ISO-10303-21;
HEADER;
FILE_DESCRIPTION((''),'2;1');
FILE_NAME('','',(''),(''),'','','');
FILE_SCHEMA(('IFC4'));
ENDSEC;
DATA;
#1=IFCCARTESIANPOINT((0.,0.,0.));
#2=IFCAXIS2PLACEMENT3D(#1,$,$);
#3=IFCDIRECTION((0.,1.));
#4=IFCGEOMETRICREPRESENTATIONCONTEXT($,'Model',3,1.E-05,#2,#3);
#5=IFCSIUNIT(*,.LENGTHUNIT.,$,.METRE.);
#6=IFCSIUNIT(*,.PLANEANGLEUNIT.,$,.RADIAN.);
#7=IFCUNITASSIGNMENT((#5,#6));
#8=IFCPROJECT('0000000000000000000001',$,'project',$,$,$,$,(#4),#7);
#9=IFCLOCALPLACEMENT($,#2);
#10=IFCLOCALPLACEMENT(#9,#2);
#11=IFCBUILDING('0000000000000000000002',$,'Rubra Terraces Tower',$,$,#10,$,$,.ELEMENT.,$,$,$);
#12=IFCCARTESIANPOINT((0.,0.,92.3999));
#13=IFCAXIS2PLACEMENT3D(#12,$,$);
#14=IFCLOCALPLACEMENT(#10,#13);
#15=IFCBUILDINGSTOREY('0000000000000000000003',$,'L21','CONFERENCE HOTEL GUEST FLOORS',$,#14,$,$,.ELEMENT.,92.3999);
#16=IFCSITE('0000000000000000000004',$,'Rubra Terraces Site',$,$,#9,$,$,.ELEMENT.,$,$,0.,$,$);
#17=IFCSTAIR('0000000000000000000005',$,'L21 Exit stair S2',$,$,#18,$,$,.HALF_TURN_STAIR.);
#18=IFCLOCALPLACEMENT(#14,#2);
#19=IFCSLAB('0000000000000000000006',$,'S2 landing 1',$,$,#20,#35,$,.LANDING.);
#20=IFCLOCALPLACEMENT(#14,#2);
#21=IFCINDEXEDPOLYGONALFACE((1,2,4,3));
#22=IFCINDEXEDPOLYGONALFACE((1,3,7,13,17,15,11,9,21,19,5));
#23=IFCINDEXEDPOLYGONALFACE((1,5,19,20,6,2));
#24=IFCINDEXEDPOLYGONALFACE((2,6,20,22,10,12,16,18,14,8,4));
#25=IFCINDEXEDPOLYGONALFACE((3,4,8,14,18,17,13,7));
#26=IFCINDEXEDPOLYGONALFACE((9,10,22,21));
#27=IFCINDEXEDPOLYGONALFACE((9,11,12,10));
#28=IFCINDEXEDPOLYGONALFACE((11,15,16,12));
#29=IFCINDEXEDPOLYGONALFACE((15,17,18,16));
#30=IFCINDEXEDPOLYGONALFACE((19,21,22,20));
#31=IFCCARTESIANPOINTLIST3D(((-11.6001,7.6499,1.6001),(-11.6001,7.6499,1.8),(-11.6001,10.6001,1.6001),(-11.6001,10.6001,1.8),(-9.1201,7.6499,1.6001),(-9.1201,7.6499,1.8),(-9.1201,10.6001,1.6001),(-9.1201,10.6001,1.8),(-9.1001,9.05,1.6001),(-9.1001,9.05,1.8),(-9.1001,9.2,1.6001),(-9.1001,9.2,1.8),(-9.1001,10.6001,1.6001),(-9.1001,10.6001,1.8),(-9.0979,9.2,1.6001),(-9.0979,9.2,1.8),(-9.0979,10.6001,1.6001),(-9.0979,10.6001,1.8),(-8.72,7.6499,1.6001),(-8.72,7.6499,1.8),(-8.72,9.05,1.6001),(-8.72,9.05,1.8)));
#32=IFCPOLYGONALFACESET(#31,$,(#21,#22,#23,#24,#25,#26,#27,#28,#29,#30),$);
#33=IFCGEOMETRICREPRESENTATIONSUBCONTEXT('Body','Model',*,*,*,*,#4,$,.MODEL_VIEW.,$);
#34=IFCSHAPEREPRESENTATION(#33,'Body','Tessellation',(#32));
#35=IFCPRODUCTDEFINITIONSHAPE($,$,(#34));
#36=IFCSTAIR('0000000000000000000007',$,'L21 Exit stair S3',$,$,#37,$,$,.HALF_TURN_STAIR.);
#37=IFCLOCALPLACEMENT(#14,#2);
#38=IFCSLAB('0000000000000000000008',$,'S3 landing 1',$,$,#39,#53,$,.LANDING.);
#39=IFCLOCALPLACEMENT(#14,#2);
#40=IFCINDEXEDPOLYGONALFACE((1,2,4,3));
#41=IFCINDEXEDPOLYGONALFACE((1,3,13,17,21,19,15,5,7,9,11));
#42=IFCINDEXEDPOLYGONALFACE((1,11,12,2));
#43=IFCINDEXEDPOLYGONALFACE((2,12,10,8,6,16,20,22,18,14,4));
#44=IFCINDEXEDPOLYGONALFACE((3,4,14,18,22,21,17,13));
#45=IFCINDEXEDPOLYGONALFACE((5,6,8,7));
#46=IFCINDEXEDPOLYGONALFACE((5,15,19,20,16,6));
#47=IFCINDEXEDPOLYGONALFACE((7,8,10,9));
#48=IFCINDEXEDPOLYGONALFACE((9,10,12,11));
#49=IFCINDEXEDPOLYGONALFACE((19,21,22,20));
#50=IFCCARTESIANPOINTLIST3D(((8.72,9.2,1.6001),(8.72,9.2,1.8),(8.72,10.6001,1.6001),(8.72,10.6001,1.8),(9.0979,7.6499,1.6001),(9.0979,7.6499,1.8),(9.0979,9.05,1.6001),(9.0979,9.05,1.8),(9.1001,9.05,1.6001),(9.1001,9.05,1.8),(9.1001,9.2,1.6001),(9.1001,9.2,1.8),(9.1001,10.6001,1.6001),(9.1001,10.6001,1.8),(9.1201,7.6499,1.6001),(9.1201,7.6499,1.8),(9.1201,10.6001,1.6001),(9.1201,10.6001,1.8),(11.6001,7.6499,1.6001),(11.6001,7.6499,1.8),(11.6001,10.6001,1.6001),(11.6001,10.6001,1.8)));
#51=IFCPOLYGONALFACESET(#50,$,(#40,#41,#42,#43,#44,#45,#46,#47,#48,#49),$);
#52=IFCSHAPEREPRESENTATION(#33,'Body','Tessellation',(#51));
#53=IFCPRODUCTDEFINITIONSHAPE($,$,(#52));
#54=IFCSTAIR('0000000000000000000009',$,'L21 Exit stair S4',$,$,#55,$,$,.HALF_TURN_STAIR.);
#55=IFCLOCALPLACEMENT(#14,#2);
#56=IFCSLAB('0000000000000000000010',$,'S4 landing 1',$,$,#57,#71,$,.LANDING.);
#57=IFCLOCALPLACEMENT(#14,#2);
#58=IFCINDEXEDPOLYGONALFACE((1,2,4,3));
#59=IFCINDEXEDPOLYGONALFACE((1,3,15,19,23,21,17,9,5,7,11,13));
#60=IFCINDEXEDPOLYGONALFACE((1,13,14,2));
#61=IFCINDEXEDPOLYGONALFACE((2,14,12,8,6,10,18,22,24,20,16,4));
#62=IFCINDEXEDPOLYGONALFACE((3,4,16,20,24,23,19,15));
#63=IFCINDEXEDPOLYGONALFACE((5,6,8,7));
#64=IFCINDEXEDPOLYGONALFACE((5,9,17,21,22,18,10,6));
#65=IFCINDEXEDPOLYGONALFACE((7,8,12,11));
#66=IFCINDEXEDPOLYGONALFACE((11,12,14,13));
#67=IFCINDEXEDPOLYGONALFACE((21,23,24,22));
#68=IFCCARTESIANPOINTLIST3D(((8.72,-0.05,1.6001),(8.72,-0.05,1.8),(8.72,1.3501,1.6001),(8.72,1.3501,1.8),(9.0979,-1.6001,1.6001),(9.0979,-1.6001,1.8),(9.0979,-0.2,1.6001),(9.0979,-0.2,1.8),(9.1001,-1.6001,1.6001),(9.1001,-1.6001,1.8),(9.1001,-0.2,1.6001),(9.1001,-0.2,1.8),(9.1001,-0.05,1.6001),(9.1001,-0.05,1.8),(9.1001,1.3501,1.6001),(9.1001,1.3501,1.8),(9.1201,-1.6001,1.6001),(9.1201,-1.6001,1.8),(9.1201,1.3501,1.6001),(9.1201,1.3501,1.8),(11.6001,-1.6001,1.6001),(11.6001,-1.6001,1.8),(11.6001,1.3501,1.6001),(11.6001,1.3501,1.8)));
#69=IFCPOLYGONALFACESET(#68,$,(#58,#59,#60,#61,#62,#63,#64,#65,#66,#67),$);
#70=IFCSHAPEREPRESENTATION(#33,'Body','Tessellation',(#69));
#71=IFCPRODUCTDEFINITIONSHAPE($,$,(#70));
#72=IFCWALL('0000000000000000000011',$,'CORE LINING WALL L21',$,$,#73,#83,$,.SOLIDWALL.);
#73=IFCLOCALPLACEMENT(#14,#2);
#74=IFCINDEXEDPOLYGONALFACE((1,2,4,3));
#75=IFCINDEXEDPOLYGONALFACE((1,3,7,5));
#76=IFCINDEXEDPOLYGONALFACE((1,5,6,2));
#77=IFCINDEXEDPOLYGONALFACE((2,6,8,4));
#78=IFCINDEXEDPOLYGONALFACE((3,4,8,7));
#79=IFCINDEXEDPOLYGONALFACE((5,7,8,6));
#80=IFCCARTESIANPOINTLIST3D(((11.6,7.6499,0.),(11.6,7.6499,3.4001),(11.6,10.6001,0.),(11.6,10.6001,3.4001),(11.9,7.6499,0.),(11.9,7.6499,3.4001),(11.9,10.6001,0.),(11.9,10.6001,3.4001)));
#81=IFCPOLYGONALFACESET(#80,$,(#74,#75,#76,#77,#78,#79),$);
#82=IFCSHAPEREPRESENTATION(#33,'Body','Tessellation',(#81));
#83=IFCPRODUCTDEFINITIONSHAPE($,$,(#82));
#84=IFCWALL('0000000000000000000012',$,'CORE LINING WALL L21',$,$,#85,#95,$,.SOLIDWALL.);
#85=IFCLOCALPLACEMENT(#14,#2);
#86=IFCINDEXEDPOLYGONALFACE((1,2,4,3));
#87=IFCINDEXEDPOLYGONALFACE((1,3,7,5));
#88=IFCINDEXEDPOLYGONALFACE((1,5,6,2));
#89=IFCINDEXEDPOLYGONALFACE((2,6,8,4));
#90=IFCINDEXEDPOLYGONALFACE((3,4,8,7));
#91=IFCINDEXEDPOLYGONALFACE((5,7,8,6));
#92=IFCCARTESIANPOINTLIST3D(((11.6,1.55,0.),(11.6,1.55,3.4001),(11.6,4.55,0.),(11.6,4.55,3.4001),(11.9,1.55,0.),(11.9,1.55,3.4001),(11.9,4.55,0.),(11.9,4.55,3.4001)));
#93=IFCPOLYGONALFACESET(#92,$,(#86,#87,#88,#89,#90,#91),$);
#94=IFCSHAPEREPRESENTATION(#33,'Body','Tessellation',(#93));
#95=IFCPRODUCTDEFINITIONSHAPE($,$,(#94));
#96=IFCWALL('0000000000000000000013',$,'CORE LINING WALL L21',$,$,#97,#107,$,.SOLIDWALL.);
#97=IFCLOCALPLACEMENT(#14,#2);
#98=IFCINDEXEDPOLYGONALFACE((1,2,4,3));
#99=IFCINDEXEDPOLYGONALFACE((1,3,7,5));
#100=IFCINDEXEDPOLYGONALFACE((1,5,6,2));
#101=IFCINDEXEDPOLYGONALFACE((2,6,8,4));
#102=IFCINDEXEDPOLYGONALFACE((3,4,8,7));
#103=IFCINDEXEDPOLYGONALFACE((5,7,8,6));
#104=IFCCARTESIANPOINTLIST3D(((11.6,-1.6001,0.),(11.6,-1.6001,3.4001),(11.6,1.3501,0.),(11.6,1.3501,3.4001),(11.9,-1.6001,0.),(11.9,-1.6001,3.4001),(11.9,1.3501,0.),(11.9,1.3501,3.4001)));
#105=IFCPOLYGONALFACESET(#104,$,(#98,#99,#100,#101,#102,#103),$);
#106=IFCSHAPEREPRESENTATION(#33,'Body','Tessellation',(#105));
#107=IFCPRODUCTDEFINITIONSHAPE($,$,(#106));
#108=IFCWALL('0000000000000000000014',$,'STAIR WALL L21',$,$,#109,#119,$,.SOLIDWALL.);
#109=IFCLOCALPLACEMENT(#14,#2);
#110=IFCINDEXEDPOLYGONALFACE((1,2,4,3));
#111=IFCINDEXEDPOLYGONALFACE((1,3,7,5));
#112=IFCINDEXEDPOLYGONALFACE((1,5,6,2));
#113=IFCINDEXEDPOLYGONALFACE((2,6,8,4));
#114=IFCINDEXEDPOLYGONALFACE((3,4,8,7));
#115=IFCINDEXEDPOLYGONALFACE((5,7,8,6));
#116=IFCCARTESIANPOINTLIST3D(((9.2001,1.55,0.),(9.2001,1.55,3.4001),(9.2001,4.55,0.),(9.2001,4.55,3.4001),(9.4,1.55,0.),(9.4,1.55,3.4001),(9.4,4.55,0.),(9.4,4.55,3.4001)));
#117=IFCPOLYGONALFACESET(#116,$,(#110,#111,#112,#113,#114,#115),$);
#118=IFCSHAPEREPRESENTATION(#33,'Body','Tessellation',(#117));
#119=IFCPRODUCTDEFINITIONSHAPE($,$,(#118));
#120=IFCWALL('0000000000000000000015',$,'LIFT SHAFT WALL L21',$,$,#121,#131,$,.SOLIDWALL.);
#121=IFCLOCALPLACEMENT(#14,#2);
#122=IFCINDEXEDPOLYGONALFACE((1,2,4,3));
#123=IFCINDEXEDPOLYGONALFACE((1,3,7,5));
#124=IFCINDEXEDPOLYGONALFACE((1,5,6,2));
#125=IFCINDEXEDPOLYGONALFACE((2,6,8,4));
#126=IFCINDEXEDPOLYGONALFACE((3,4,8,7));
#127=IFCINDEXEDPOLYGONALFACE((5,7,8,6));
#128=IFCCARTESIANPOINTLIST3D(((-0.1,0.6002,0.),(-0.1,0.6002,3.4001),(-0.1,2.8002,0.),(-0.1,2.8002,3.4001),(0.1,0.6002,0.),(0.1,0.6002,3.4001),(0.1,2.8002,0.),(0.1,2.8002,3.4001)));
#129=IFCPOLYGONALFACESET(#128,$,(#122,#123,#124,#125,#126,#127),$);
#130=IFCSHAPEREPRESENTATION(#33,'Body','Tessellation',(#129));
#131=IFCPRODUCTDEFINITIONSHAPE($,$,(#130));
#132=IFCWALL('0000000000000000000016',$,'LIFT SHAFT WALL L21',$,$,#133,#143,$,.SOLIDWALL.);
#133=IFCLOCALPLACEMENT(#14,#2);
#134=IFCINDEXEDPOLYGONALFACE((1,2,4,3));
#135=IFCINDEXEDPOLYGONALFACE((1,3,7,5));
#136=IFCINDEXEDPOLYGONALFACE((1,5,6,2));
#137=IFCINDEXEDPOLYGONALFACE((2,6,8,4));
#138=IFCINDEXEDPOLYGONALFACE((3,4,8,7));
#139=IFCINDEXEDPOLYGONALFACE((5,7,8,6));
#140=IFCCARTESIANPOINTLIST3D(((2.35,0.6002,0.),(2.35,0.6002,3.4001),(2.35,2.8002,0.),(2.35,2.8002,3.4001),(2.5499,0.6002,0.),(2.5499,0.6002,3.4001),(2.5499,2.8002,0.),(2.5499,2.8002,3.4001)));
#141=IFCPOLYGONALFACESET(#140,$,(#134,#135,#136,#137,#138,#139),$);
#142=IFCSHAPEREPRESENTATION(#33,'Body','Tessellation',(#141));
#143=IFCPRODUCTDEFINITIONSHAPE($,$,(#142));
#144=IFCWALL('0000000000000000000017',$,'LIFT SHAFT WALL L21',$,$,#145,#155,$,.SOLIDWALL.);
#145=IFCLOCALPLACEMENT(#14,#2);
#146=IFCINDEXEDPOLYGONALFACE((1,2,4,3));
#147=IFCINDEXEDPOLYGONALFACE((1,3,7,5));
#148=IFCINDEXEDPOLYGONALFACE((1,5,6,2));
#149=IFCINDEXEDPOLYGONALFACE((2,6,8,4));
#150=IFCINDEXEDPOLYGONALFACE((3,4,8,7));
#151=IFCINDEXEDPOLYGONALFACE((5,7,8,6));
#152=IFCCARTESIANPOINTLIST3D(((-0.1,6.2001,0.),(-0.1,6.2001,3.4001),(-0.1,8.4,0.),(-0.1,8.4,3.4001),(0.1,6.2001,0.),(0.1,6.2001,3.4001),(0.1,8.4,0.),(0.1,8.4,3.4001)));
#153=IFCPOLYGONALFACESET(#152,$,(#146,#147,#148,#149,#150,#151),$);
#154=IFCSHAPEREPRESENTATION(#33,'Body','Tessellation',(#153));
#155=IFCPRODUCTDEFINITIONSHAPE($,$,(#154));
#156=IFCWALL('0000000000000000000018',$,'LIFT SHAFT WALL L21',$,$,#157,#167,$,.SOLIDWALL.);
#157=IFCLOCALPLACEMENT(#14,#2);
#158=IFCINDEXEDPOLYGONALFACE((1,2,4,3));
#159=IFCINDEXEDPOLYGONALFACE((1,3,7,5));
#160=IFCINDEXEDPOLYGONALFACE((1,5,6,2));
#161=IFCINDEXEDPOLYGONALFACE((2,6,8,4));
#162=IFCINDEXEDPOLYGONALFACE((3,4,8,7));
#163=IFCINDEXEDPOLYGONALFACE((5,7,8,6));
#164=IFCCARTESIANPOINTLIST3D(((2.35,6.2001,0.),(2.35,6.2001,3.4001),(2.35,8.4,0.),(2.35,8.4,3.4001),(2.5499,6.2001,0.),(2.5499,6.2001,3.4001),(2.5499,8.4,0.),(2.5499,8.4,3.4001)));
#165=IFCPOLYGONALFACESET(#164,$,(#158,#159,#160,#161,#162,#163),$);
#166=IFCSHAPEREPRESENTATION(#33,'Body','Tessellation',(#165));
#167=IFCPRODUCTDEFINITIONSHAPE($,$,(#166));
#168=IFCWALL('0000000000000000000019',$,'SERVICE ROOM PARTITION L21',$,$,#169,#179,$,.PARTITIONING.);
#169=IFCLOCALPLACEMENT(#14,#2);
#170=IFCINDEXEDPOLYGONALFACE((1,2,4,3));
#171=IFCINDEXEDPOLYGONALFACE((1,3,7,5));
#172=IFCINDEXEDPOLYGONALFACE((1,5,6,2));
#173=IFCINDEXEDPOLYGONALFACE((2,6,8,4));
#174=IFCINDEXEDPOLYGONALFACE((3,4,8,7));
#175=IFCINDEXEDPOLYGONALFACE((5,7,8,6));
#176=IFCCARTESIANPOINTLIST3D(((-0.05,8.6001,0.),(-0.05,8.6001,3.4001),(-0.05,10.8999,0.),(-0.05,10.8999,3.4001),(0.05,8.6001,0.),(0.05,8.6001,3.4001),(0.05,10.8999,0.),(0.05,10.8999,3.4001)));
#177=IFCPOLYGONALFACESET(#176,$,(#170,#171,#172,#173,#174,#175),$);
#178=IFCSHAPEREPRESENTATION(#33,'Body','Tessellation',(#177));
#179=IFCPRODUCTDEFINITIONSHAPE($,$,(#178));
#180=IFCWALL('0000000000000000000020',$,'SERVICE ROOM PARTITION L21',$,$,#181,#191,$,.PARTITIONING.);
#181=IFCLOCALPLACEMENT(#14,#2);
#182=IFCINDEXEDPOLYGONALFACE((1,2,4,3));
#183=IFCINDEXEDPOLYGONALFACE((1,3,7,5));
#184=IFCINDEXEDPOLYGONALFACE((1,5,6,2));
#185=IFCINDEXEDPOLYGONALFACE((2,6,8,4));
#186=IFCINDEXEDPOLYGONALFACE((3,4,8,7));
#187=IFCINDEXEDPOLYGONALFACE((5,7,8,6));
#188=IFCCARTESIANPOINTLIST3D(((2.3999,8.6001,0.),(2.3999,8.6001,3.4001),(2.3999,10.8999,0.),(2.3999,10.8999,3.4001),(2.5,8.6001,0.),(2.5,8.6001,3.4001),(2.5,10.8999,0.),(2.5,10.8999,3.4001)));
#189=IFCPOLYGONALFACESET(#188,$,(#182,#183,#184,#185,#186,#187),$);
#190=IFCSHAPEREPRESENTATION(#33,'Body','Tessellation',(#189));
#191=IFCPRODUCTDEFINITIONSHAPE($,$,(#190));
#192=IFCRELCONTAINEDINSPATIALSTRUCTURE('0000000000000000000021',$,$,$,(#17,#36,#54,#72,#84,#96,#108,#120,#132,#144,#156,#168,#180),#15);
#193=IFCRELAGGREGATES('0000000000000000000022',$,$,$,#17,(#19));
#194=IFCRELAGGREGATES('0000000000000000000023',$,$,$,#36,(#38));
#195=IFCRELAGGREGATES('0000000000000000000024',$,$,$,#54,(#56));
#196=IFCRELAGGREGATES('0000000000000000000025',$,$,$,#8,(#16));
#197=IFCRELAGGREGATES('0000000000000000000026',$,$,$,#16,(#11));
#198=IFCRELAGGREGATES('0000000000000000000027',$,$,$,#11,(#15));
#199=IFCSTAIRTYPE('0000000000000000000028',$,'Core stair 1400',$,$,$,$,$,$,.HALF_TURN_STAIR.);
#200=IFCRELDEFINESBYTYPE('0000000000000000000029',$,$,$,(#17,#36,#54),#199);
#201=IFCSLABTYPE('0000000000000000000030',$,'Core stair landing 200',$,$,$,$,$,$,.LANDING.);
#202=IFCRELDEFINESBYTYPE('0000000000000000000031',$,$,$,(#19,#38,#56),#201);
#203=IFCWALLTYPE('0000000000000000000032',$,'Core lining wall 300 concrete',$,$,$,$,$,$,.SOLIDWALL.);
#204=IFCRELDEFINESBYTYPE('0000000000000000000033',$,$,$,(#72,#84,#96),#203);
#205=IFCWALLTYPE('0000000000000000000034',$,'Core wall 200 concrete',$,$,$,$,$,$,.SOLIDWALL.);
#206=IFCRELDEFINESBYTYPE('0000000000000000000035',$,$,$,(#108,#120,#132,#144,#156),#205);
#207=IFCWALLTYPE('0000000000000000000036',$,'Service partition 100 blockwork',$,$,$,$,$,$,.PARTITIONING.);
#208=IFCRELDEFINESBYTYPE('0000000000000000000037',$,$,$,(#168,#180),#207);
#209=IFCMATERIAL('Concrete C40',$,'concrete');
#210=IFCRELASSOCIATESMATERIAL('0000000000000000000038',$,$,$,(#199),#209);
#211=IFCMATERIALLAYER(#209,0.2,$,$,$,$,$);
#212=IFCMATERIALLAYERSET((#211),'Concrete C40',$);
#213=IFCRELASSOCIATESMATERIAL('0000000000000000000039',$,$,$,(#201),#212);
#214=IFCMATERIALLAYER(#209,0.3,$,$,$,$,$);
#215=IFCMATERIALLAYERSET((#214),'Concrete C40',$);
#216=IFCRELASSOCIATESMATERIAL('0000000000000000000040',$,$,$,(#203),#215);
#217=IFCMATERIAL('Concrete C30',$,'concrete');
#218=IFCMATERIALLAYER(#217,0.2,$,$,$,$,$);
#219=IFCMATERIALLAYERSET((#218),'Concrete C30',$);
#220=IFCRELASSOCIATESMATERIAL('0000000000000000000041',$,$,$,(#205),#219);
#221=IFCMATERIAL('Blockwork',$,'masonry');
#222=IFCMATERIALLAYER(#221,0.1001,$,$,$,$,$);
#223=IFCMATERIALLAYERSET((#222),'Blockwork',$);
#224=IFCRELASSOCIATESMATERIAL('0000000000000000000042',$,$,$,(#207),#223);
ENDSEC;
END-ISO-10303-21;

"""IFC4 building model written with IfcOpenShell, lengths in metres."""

from ifc_helpers import new_model, si_unit, direction, frame, frame_2d, origin, place, context, subcontext, project, spatial, polyline, rectangle, outline, extrude, material, layer, layer_set, type_object, element, aggregate, save


model = new_model("IFC4")

# Units and contexts
model_context = context("Model", 3, precision=1e-05, world=origin(), true_north=direction((0.0, 1.0)))
body_context = subcontext(model_context, "Body", "Model", "MODEL_VIEW")
ifc_project = project(units=[si_unit("LENGTHUNIT", "METRE"), si_unit("PLANEANGLEUNIT", "RADIAN")], contexts=[model_context])

# Site, building, storey
site_placement = place(None, origin())
site = spatial("IfcSite", under=ifc_project, at=site_placement, Name="Rubra Terraces Site", CompositionType="ELEMENT", RefElevation=0.0)
building_placement = place(site_placement, origin())
building = spatial("IfcBuilding", under=site, at=building_placement, Name="Rubra Terraces Tower", CompositionType="ELEMENT")
storey_placement = place(building_placement, frame((0.0, 0.0, 92.3999)))
storey = spatial("IfcBuildingStorey", under=building, at=storey_placement, Name="L21", Description="CONFERENCE HOTEL GUEST FLOORS", CompositionType="ELEMENT", Elevation=92.3999)

# Stairs, slabs
ifc_material_1 = material(Name="Concrete C40", Category="concrete")
stair_type = type_object("IfcStairType", Name="Core stair 1400", PredefinedType="HALF_TURN_STAIR", material=ifc_material_1)
stair_1_placement = place(storey_placement, origin())
stair_1 = element("IfcStair", 1, at=stair_1_placement, inside=storey, type_object=stair_type, Name="L21 Exit stair S2", PredefinedType="HALF_TURN_STAIR")
ifc_layer_1 = layer(ifc_material_1, 0.2)
ifc_layer_set_1 = layer_set([ifc_layer_1], Name="Concrete C40")
slab_type = type_object("IfcSlabType", Name="Core stair landing 200", PredefinedType="LANDING", material=ifc_layer_set_1)
slab_1_placement = place(storey_placement, frame((0.0, 0.0, 1.6001)))
slab_1 = element("IfcSlab", 2, at=slab_1_placement, type_object=slab_type, Name="S2 landing 1", PredefinedType="LANDING", context=body_context, shape_type="SweptSolid", body=[
    extrude(outline(polyline([(-8.72, 9.05), (-8.72, 7.6499), (-9.1201, 7.6499), (-11.6001, 7.6499), (-11.6001, 10.6001), (-9.1201, 10.6001), (-9.1001, 10.6001), (-9.0979, 10.6001), (-9.0979, 9.2), (-9.1001, 9.2), (-9.1001, 9.05), (-8.72, 9.05)])), origin(), (0.0, 0.0, 1.0), 0.2),
])
aggregate(stair_1, [slab_1])
stair_2_placement = place(storey_placement, origin())
stair_2 = element("IfcStair", 3, at=stair_2_placement, inside=storey, type_object=stair_type, Name="L21 Exit stair S3", PredefinedType="HALF_TURN_STAIR")
slab_2_placement = place(storey_placement, frame((0.0, 0.0, 1.6001)))
slab_2 = element("IfcSlab", 4, at=slab_2_placement, type_object=slab_type, Name="S3 landing 1", PredefinedType="LANDING", context=body_context, shape_type="SweptSolid", body=[
    extrude(outline(polyline([(9.1001, 9.05), (9.1001, 9.2), (8.72, 9.2), (8.72, 10.6001), (9.1001, 10.6001), (9.1201, 10.6001), (11.6001, 10.6001), (11.6001, 7.6499), (9.1201, 7.6499), (9.0979, 7.6499), (9.0979, 9.05), (9.1001, 9.05)])), origin(), (0.0, 0.0, 1.0), 0.2),
])
stair_3_placement = place(storey_placement, origin())
stair_3 = element("IfcStair", 5, at=stair_3_placement, inside=storey, type_object=stair_type, Name="L21 Exit stair S4", PredefinedType="HALF_TURN_STAIR")
slab_3_placement = place(storey_placement, frame((0.0, 0.0, 1.6001)))
slab_3 = element("IfcSlab", 6, at=slab_3_placement, type_object=slab_type, Name="S4 landing 1", PredefinedType="LANDING", context=body_context, shape_type="SweptSolid", body=[
    extrude(outline(polyline([(9.1001, -0.2), (9.1001, -0.05), (8.72, -0.05), (8.72, 1.3501), (9.1001, 1.3501), (9.1201, 1.3501), (11.6001, 1.3501), (11.6001, -1.6001), (9.1201, -1.6001), (9.1001, -1.6001), (9.0979, -1.6001), (9.0979, -0.2), (9.1001, -0.2)])), origin(), (0.0, 0.0, 1.0), 0.2),
])

# Walls
ifc_layer_2 = layer(ifc_material_1, 0.3)
ifc_layer_set_2 = layer_set([ifc_layer_2], Name="Concrete C40")
wall_type_1 = type_object("IfcWallType", Name="Core lining wall 300 concrete", PredefinedType="SOLIDWALL", material=ifc_layer_set_2)
wall_1_placement = place(storey_placement, frame((11.75, 10.6001, 0.0), z_axis=(0.0, 0.0, 1.0), x_axis=(0.0, -1.0, 0.0)))
element("IfcWall", 7, at=wall_1_placement, inside=storey, type_object=wall_type_1, Name="CORE LINING WALL L21", PredefinedType="SOLIDWALL", context=body_context, shape_type="SweptSolid", body=[
    extrude(rectangle(XDim=2.9502, YDim=0.3, at=frame_2d((1.4751, 0.0))), origin(), (0.0, 0.0, 1.0), 3.4001),
])
wall_2_placement = place(storey_placement, frame((11.75, 4.55, 0.0), z_axis=(0.0, 0.0, 1.0), x_axis=(0.0, -1.0, 0.0)))
element("IfcWall", 8, at=wall_2_placement, inside=storey, type_object=wall_type_1, Name="CORE LINING WALL L21", PredefinedType="SOLIDWALL", context=body_context, shape_type="SweptSolid", body=[
    extrude(rectangle(XDim=3.0, YDim=0.3, at=frame_2d((1.5, 0.0))), origin(), (0.0, 0.0, 1.0), 3.4001),
])
wall_3_placement = place(storey_placement, frame((11.75, 1.3501, 0.0), z_axis=(0.0, 0.0, 1.0), x_axis=(0.0, -1.0, 0.0)))
element("IfcWall", 9, at=wall_3_placement, inside=storey, type_object=wall_type_1, Name="CORE LINING WALL L21", PredefinedType="SOLIDWALL", context=body_context, shape_type="SweptSolid", body=[
    extrude(rectangle(XDim=2.9502, YDim=0.3, at=frame_2d((1.4751, 0.0))), origin(), (0.0, 0.0, 1.0), 3.4001),
])
ifc_material_2 = material(Name="Concrete C30", Category="concrete")
ifc_layer_3 = layer(ifc_material_2, 0.2)
ifc_layer_set_3 = layer_set([ifc_layer_3], Name="Concrete C30")
wall_type_2 = type_object("IfcWallType", Name="Core wall 200 concrete", PredefinedType="SOLIDWALL", material=ifc_layer_set_3)
wall_4_placement = place(storey_placement, frame((9.3, 4.55, 0.0), z_axis=(0.0, 0.0, 1.0), x_axis=(0.0, -1.0, 0.0)))
element("IfcWall", 10, at=wall_4_placement, inside=storey, type_object=wall_type_2, Name="STAIR WALL L21", PredefinedType="SOLIDWALL", context=body_context, shape_type="SweptSolid", body=[
    extrude(rectangle(XDim=3.0, YDim=0.2, at=frame_2d((1.5, 0.0))), origin(), (0.0, 0.0, 1.0), 3.4001),
])
for number, where, z_axis, x_axis, name in (
    (11, (0.0, 0.6001, 0.0), (0.0, 0.0, 1.0), (0.0, 1.0, 0.0), "LIFT SHAFT WALL L21"),
    (12, (2.45, 0.6001, 0.0), (0.0, 0.0, 1.0), (0.0, 1.0, 0.0), "LIFT SHAFT WALL L21"),
    (13, (0.0, 6.2, 0.0), (0.0, 0.0, 1.0), (0.0, 1.0, 0.0), "LIFT SHAFT WALL L21"),
    (14, (2.45, 6.2, 0.0), (0.0, 0.0, 1.0), (0.0, 1.0, 0.0), "LIFT SHAFT WALL L21"),
):
    element("IfcWall", number, at=place(storey_placement, frame(where, z_axis=z_axis, x_axis=x_axis)), inside=storey, type_object=wall_type_2, Name=name, PredefinedType="SOLIDWALL", context=body_context, shape_type="SweptSolid", body=[
        extrude(rectangle(XDim=2.2, YDim=0.2, at=frame_2d((1.1001, 0.0))), origin(), (0.0, 0.0, 1.0), 3.4001),
    ])
ifc_material_3 = material(Name="Blockwork", Category="masonry")
ifc_layer_4 = layer(ifc_material_3, 0.1001)
ifc_layer_set_4 = layer_set([ifc_layer_4], Name="Blockwork")
wall_type_3 = type_object("IfcWallType", Name="Service partition 100 blockwork", PredefinedType="PARTITIONING", material=ifc_layer_set_4)
for number, where, z_axis, x_axis, name in (
    (15, (0.0, 8.6001, 0.0), (0.0, 0.0, 1.0), (0.0, 1.0, 0.0), "SERVICE ROOM PARTITION L21"),
    (16, (2.45, 8.6001, 0.0), (0.0, 0.0, 1.0), (0.0, 1.0, 0.0), "SERVICE ROOM PARTITION L21"),
):
    element("IfcWall", number, at=place(storey_placement, frame(where, z_axis=z_axis, x_axis=x_axis)), inside=storey, type_object=wall_type_3, Name=name, PredefinedType="PARTITIONING", context=body_context, shape_type="SweptSolid", body=[
        extrude(rectangle(XDim=2.2998, YDim=0.1001, at=frame_2d((1.1499, 0.0))), origin(), (0.0, 0.0, 1.0), 3.4001),
    ])

aggregate(stair_2, [slab_2])
aggregate(stair_3, [slab_3])

save(model, "model.ifc")
